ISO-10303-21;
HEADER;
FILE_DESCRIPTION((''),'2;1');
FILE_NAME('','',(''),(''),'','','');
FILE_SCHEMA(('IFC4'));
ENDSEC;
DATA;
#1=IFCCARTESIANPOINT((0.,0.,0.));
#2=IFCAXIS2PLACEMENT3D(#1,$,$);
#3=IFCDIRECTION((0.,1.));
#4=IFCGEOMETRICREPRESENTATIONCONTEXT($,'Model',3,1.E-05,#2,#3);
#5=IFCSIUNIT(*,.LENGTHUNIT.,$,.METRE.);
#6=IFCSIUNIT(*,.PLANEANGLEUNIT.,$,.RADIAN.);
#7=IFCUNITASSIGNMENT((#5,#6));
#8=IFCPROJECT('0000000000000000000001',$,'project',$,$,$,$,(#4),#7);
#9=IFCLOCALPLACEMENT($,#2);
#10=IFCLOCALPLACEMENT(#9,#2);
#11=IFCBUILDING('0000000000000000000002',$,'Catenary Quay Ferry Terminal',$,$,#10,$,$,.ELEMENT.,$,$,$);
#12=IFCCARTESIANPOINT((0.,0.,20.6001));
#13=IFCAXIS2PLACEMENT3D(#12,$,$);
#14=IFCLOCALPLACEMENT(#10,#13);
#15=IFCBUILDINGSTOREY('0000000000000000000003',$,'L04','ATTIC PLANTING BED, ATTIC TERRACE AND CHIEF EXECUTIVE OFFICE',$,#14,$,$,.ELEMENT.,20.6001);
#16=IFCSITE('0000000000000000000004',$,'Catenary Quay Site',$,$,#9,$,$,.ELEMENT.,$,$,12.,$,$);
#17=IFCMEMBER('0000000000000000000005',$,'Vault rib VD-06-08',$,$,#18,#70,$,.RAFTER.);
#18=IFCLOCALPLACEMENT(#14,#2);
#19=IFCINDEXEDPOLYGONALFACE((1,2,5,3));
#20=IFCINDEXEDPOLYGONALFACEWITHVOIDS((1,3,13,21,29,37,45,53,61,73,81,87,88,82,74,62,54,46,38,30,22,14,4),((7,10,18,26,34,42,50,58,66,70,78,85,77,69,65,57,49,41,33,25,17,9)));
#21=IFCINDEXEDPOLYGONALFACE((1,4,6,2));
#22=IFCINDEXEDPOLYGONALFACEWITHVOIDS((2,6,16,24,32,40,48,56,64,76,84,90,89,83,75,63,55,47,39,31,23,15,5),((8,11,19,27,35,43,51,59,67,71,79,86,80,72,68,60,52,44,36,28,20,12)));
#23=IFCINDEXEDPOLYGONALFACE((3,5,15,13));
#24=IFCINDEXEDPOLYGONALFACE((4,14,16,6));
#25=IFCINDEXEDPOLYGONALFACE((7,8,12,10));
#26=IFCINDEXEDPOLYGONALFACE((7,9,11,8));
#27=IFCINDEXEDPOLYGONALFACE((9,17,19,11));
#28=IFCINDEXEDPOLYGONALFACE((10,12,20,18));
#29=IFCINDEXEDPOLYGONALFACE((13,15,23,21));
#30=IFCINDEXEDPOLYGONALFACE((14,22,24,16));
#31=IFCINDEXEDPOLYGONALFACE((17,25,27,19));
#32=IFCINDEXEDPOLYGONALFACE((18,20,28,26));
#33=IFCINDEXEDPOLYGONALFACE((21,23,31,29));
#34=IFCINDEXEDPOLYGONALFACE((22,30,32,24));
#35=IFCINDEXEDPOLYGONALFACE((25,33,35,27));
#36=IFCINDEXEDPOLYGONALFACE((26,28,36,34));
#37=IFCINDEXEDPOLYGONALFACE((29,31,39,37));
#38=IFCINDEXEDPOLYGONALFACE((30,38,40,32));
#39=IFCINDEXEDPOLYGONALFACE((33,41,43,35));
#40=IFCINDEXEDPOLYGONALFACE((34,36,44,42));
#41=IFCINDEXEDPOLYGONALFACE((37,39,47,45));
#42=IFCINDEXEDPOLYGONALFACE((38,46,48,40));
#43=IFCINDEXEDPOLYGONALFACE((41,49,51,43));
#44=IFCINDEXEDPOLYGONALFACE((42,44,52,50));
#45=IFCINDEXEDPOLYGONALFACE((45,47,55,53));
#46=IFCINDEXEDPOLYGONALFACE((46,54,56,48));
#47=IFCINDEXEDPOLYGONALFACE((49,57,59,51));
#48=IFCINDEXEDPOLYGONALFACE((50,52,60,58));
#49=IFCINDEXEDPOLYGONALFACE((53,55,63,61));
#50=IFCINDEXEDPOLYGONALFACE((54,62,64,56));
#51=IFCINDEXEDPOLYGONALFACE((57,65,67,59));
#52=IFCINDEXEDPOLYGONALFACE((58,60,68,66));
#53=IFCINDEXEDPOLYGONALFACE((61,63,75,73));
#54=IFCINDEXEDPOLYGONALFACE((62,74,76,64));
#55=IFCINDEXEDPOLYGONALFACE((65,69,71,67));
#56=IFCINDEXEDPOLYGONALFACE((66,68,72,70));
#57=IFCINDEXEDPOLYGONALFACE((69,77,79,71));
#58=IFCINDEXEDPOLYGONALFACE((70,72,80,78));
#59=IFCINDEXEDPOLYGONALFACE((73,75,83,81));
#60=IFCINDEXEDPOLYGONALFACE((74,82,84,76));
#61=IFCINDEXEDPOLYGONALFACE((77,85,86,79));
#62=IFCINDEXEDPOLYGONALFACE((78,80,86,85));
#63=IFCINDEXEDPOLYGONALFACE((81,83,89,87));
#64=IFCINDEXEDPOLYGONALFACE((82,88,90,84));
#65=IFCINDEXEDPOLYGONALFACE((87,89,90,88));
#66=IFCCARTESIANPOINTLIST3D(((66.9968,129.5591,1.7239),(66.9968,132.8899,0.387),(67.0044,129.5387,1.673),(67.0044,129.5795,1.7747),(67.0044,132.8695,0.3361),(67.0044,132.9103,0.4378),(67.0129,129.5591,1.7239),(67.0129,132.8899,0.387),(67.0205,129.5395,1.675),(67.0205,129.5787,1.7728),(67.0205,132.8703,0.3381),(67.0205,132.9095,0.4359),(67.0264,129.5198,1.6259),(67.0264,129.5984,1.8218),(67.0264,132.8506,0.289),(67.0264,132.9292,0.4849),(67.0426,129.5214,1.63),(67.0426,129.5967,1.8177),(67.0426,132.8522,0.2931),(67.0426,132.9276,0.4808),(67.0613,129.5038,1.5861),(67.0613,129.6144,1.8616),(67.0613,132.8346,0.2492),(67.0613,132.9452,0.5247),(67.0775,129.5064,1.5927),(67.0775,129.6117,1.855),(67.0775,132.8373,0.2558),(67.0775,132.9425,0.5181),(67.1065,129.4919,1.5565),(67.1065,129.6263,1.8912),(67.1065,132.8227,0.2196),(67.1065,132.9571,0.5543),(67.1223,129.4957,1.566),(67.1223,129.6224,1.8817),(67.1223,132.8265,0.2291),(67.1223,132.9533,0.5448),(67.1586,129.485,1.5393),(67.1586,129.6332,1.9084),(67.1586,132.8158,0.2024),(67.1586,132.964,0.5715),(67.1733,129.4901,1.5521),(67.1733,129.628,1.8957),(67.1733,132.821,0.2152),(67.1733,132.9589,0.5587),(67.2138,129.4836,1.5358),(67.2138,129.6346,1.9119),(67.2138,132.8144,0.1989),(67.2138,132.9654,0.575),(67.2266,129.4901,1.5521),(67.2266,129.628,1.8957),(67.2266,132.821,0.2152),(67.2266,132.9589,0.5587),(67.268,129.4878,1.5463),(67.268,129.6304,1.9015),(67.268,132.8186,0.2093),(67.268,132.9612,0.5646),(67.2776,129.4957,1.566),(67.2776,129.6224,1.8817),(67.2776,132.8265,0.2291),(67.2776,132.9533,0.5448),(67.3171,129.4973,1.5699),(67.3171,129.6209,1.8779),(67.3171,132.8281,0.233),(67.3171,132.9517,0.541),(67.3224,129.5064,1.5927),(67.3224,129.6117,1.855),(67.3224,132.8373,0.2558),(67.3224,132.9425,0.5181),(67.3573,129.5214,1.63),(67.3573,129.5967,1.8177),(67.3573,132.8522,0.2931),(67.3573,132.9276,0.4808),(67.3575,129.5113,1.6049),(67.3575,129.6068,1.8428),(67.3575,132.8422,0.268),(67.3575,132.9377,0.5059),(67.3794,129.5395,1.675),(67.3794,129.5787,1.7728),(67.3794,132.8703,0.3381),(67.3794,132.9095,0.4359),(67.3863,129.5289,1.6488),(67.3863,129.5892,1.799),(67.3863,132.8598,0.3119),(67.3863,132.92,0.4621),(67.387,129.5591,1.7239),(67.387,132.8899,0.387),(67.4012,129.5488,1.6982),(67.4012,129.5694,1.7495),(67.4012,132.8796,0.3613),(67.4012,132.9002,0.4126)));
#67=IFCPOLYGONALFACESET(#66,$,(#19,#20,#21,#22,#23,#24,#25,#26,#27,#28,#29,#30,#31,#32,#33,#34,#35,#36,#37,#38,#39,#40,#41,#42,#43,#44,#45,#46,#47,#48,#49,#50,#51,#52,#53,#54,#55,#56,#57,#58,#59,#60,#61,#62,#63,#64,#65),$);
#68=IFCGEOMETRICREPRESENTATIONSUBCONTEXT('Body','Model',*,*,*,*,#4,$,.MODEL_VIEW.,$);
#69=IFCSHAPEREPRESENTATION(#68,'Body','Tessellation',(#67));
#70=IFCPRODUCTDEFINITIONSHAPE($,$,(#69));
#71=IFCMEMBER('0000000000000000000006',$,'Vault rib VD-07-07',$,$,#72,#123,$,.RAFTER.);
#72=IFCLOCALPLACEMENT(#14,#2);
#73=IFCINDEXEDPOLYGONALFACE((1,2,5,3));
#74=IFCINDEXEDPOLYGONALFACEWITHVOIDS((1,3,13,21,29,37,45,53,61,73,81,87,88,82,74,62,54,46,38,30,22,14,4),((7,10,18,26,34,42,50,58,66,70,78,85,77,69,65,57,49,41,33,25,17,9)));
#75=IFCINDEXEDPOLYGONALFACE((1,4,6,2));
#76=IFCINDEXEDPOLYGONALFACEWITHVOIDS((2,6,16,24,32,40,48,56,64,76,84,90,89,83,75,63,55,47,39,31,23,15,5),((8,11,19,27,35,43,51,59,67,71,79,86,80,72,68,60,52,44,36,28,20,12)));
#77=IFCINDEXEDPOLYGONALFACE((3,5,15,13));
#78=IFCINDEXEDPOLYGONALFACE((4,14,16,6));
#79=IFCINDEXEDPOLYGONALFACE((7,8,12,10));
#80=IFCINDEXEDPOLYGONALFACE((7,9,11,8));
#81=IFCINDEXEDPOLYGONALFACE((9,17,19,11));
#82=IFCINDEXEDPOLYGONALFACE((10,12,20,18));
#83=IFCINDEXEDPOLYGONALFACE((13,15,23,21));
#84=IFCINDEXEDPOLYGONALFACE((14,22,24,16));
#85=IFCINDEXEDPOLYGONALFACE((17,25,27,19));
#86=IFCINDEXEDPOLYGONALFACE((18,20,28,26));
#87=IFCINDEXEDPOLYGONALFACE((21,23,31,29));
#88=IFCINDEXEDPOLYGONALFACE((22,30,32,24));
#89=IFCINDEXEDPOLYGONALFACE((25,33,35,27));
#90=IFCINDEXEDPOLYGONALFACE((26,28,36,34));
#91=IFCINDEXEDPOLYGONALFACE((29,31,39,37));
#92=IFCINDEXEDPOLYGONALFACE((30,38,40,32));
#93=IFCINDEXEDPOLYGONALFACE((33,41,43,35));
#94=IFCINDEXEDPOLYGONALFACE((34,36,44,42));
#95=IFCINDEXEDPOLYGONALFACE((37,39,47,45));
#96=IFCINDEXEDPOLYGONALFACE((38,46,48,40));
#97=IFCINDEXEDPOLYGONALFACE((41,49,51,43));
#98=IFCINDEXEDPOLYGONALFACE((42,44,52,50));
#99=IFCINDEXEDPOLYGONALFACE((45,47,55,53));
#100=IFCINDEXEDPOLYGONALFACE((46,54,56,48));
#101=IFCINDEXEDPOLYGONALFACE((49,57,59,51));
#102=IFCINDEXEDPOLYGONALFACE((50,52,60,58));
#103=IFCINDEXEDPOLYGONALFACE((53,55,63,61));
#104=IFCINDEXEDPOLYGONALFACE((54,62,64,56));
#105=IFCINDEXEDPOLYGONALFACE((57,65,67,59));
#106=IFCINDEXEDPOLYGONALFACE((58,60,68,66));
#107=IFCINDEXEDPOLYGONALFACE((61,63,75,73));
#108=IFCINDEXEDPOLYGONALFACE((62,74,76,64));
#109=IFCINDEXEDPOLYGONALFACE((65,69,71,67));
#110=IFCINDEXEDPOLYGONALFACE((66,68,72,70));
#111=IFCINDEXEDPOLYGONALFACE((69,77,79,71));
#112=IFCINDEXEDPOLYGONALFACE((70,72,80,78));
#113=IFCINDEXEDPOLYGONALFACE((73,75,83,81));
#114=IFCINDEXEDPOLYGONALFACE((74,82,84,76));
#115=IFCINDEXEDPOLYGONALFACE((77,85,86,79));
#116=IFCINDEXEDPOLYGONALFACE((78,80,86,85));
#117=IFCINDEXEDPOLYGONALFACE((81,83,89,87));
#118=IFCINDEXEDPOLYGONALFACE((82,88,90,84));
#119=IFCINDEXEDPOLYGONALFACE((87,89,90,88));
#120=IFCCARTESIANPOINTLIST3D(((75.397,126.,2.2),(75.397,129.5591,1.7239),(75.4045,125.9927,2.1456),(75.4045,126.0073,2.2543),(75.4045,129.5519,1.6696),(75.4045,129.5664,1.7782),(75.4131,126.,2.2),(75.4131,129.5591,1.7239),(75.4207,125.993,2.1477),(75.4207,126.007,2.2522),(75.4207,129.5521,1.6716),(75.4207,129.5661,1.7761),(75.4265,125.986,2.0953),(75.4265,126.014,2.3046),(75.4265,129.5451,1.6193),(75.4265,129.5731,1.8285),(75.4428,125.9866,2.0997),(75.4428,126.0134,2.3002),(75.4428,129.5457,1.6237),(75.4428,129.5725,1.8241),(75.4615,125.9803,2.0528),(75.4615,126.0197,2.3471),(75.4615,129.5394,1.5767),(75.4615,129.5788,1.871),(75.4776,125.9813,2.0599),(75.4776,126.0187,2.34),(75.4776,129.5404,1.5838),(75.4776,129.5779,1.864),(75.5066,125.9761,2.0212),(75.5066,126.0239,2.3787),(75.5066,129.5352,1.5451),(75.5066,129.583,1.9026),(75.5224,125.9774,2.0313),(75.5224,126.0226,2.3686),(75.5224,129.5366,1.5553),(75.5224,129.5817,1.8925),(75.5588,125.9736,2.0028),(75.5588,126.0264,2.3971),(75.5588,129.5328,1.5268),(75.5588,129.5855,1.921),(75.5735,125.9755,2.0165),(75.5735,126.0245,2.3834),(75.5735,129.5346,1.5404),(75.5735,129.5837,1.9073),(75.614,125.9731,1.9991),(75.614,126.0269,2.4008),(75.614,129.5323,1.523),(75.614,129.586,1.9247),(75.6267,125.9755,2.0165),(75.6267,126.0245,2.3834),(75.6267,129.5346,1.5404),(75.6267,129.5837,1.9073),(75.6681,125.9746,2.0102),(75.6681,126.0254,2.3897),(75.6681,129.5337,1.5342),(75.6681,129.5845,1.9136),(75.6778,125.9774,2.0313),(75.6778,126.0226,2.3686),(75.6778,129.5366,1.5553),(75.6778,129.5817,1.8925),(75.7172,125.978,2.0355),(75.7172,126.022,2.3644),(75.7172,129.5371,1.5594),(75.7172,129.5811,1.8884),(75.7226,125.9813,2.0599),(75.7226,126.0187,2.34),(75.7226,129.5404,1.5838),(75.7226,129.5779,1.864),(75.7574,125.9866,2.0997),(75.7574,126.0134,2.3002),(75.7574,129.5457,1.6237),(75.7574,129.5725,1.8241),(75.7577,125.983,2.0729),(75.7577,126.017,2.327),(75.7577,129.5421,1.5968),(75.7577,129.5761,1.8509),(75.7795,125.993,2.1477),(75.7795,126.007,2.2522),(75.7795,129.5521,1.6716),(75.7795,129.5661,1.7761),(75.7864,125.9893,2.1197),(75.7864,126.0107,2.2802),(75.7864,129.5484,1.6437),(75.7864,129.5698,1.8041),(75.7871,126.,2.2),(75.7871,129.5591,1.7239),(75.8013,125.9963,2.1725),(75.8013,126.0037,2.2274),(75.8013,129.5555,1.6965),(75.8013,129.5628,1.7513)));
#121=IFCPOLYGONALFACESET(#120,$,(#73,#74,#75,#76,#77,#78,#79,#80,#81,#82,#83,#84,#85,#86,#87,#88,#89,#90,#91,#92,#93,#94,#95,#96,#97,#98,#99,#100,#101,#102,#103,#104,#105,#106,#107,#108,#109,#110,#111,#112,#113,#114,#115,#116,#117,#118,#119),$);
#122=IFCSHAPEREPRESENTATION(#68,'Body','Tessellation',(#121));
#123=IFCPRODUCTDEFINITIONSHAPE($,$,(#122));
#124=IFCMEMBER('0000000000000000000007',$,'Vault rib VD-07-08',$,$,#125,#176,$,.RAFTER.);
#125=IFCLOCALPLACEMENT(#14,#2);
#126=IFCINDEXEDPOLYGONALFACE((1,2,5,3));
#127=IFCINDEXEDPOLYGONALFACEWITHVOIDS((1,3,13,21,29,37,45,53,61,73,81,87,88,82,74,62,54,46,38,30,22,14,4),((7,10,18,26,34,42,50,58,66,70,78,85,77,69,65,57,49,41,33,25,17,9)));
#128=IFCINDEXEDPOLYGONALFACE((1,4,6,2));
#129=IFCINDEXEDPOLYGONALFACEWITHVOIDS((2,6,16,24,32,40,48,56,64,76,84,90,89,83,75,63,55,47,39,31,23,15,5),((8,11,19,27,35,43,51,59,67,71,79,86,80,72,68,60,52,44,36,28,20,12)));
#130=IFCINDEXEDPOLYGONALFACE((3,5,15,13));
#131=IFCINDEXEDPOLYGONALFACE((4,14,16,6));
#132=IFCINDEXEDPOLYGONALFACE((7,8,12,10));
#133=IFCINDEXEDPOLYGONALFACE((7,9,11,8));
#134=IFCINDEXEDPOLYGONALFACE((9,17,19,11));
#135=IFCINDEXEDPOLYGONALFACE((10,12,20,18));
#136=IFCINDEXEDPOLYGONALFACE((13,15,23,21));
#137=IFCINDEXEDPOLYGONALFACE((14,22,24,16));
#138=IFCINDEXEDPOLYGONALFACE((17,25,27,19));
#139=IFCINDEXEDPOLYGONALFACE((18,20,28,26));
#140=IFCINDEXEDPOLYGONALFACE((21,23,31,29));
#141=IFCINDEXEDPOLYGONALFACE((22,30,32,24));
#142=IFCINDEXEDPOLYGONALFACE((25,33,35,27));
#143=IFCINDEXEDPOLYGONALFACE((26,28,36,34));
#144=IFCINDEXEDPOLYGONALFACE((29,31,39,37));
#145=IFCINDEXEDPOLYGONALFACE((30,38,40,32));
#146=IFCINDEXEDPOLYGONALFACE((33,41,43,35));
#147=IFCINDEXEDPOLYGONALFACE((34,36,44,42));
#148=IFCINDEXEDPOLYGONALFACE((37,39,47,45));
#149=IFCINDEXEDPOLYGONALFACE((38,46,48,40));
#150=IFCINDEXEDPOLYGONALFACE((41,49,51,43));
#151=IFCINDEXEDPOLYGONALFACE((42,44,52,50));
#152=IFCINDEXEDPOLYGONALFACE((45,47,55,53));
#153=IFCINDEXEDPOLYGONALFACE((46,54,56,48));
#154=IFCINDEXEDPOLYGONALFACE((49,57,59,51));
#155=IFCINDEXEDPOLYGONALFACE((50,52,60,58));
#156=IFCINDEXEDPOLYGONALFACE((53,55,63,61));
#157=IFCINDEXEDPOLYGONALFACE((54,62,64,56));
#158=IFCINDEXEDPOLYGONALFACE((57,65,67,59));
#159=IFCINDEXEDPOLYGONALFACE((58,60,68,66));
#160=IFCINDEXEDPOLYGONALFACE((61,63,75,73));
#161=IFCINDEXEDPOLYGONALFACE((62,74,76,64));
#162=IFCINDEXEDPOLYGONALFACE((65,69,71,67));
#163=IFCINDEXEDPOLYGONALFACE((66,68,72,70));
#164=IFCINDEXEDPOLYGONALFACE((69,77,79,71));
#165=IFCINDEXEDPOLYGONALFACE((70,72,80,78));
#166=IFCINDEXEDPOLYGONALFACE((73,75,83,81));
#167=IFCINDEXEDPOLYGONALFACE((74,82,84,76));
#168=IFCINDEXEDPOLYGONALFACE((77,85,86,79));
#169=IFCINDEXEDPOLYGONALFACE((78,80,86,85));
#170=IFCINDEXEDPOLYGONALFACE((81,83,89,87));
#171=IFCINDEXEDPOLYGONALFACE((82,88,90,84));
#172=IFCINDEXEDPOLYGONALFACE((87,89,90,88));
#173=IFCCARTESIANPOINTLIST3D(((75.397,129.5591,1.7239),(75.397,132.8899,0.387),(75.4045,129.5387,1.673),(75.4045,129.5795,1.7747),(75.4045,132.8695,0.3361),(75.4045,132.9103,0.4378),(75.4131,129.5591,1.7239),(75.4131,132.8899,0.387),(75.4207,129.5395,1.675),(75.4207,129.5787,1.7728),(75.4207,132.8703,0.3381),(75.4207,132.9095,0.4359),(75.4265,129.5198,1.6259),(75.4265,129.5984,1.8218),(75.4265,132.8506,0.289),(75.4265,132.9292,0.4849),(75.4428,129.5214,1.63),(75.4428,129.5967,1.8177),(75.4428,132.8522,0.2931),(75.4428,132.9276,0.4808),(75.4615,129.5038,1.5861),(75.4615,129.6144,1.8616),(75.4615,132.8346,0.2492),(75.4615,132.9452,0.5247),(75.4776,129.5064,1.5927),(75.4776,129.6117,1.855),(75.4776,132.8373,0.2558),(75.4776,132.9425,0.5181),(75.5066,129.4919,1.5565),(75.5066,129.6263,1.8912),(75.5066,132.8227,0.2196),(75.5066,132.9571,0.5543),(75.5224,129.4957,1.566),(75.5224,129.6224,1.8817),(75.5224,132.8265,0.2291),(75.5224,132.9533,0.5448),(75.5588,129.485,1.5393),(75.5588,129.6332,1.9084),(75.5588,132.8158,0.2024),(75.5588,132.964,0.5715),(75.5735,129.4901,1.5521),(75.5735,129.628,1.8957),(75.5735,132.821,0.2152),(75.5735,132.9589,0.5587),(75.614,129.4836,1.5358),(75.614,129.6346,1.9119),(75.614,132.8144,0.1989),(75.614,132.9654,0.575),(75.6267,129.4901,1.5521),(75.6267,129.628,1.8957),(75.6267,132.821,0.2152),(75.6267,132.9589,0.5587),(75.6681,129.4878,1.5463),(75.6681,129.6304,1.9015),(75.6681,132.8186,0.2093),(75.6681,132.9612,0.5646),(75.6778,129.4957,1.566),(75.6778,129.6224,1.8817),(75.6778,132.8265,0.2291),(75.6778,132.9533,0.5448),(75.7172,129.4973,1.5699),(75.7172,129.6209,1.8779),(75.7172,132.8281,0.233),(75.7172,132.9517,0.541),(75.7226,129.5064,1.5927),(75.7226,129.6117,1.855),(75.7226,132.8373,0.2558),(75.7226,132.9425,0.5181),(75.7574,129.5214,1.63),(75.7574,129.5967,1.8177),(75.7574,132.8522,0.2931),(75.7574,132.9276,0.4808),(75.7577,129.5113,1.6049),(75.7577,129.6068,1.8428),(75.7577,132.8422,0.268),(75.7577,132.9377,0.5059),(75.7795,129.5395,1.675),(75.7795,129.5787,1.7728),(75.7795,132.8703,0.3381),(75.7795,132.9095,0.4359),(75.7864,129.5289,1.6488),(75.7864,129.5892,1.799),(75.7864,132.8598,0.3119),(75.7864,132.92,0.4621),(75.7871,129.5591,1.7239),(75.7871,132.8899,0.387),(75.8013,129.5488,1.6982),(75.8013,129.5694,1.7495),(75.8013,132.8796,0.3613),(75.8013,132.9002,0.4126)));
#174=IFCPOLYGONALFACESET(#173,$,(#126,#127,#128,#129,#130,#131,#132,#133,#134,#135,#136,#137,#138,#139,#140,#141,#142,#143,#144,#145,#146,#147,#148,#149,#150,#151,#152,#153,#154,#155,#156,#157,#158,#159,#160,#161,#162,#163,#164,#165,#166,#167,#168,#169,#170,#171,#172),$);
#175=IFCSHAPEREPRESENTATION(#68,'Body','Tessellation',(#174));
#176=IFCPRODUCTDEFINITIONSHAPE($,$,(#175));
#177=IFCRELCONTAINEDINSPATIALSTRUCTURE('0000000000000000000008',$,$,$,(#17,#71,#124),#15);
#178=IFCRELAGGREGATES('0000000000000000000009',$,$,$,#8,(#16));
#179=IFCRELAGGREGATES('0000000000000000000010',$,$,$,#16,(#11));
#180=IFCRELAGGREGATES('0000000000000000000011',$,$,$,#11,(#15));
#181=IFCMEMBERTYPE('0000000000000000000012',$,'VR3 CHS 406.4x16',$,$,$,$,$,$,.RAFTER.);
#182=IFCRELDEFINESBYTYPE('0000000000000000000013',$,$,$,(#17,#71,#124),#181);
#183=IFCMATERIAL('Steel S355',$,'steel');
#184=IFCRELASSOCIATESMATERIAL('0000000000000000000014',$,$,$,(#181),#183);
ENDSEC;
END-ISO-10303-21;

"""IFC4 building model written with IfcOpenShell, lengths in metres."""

from ifc_helpers import new_model, si_unit, direction, frame, origin, origin_2d, place, context, subcontext, project, spatial, hollow_circle, extrude, material, material_profile, profile_set, type_object, element, save


model = new_model("IFC4")

# Units and contexts
model_context = context("Model", 3, precision=1e-05, world=origin(), true_north=direction((0.0, 1.0)))
body_context = subcontext(model_context, "Body", "Model", "MODEL_VIEW")
ifc_project = project(units=[si_unit("LENGTHUNIT", "METRE"), si_unit("PLANEANGLEUNIT", "RADIAN")], contexts=[model_context])

# Site, building, storey
site_placement = place(None, origin())
site = spatial("IfcSite", under=ifc_project, at=site_placement, Name="Catenary Quay Site", CompositionType="ELEMENT", RefElevation=12.0)
building_placement = place(site_placement, origin())
building = spatial("IfcBuilding", under=site, at=building_placement, Name="Catenary Quay Ferry Terminal", CompositionType="ELEMENT")
storey_placement = place(building_placement, frame((0.0, 0.0, 20.6001)))
storey = spatial("IfcBuildingStorey", under=building, at=storey_placement, Name="L04", Description="ATTIC PLANTING BED, ATTIC TERRACE AND CHIEF EXECUTIVE OFFICE", CompositionType="ELEMENT", Elevation=20.6001)

# Members
ifc_material_1 = material(Name="Steel S355", Category="steel")
ifc_material_profile_1 = material_profile(ifc_material_1, hollow_circle(Radius=0.2031, WallThickness=0.0161, at=origin_2d()), Name="CHS 406.4x16")
ifc_profile_set_1 = profile_set([ifc_material_profile_1], Name="Steel S355")
member_type_1 = type_object("IfcMemberType", Name="VR3 CHS 406.4x16", PredefinedType="RAFTER", material=ifc_profile_set_1)
for number, where, z_axis, x_axis, name in (
    (1, (67.2, 129.5591, 1.7239), (0.0, 0.928035, -0.372493), (-1.0, 0.0, 0.0), "Vault rib VD-06-08"),
):
    element("IfcMember", number, at=place(storey_placement, frame(where, z_axis=z_axis, x_axis=x_axis)), inside=storey, type_object=member_type_1, Name=name, PredefinedType="RAFTER", context=body_context, shape_type="SweptSolid", body=[
        extrude(hollow_circle(Radius=0.2031, WallThickness=0.0161, at=origin_2d()), origin(), (0.0, 0.0, 1.0), 3.5891),
    ])
member_1_placement = place(storey_placement, frame((75.6001, 126.0, 2.2), z_axis=(0.0, 0.991172, -0.132582), x_axis=(-1.0, 0.0, 0.0)))
element("IfcMember", 2, at=member_1_placement, inside=storey, type_object=member_type_1, Name="Vault rib VD-07-07", PredefinedType="RAFTER", context=body_context, shape_type="SweptSolid", body=[
    extrude(hollow_circle(Radius=0.2031, WallThickness=0.0161, at=origin_2d()), origin(), (0.0, 0.0, 1.0), 3.5908),
])
member_2_placement = place(storey_placement, frame((75.6001, 129.5591, 1.7239), z_axis=(0.0, 0.928035, -0.372493), x_axis=(-1.0, 0.0, 0.0)))
element("IfcMember", 3, at=member_2_placement, inside=storey, type_object=member_type_1, Name="Vault rib VD-07-08", PredefinedType="RAFTER", context=body_context, shape_type="SweptSolid", body=[
    extrude(hollow_circle(Radius=0.2031, WallThickness=0.0161, at=origin_2d()), origin(), (0.0, 0.0, 1.0), 3.5891),
])

save(model, "model.ifc")
